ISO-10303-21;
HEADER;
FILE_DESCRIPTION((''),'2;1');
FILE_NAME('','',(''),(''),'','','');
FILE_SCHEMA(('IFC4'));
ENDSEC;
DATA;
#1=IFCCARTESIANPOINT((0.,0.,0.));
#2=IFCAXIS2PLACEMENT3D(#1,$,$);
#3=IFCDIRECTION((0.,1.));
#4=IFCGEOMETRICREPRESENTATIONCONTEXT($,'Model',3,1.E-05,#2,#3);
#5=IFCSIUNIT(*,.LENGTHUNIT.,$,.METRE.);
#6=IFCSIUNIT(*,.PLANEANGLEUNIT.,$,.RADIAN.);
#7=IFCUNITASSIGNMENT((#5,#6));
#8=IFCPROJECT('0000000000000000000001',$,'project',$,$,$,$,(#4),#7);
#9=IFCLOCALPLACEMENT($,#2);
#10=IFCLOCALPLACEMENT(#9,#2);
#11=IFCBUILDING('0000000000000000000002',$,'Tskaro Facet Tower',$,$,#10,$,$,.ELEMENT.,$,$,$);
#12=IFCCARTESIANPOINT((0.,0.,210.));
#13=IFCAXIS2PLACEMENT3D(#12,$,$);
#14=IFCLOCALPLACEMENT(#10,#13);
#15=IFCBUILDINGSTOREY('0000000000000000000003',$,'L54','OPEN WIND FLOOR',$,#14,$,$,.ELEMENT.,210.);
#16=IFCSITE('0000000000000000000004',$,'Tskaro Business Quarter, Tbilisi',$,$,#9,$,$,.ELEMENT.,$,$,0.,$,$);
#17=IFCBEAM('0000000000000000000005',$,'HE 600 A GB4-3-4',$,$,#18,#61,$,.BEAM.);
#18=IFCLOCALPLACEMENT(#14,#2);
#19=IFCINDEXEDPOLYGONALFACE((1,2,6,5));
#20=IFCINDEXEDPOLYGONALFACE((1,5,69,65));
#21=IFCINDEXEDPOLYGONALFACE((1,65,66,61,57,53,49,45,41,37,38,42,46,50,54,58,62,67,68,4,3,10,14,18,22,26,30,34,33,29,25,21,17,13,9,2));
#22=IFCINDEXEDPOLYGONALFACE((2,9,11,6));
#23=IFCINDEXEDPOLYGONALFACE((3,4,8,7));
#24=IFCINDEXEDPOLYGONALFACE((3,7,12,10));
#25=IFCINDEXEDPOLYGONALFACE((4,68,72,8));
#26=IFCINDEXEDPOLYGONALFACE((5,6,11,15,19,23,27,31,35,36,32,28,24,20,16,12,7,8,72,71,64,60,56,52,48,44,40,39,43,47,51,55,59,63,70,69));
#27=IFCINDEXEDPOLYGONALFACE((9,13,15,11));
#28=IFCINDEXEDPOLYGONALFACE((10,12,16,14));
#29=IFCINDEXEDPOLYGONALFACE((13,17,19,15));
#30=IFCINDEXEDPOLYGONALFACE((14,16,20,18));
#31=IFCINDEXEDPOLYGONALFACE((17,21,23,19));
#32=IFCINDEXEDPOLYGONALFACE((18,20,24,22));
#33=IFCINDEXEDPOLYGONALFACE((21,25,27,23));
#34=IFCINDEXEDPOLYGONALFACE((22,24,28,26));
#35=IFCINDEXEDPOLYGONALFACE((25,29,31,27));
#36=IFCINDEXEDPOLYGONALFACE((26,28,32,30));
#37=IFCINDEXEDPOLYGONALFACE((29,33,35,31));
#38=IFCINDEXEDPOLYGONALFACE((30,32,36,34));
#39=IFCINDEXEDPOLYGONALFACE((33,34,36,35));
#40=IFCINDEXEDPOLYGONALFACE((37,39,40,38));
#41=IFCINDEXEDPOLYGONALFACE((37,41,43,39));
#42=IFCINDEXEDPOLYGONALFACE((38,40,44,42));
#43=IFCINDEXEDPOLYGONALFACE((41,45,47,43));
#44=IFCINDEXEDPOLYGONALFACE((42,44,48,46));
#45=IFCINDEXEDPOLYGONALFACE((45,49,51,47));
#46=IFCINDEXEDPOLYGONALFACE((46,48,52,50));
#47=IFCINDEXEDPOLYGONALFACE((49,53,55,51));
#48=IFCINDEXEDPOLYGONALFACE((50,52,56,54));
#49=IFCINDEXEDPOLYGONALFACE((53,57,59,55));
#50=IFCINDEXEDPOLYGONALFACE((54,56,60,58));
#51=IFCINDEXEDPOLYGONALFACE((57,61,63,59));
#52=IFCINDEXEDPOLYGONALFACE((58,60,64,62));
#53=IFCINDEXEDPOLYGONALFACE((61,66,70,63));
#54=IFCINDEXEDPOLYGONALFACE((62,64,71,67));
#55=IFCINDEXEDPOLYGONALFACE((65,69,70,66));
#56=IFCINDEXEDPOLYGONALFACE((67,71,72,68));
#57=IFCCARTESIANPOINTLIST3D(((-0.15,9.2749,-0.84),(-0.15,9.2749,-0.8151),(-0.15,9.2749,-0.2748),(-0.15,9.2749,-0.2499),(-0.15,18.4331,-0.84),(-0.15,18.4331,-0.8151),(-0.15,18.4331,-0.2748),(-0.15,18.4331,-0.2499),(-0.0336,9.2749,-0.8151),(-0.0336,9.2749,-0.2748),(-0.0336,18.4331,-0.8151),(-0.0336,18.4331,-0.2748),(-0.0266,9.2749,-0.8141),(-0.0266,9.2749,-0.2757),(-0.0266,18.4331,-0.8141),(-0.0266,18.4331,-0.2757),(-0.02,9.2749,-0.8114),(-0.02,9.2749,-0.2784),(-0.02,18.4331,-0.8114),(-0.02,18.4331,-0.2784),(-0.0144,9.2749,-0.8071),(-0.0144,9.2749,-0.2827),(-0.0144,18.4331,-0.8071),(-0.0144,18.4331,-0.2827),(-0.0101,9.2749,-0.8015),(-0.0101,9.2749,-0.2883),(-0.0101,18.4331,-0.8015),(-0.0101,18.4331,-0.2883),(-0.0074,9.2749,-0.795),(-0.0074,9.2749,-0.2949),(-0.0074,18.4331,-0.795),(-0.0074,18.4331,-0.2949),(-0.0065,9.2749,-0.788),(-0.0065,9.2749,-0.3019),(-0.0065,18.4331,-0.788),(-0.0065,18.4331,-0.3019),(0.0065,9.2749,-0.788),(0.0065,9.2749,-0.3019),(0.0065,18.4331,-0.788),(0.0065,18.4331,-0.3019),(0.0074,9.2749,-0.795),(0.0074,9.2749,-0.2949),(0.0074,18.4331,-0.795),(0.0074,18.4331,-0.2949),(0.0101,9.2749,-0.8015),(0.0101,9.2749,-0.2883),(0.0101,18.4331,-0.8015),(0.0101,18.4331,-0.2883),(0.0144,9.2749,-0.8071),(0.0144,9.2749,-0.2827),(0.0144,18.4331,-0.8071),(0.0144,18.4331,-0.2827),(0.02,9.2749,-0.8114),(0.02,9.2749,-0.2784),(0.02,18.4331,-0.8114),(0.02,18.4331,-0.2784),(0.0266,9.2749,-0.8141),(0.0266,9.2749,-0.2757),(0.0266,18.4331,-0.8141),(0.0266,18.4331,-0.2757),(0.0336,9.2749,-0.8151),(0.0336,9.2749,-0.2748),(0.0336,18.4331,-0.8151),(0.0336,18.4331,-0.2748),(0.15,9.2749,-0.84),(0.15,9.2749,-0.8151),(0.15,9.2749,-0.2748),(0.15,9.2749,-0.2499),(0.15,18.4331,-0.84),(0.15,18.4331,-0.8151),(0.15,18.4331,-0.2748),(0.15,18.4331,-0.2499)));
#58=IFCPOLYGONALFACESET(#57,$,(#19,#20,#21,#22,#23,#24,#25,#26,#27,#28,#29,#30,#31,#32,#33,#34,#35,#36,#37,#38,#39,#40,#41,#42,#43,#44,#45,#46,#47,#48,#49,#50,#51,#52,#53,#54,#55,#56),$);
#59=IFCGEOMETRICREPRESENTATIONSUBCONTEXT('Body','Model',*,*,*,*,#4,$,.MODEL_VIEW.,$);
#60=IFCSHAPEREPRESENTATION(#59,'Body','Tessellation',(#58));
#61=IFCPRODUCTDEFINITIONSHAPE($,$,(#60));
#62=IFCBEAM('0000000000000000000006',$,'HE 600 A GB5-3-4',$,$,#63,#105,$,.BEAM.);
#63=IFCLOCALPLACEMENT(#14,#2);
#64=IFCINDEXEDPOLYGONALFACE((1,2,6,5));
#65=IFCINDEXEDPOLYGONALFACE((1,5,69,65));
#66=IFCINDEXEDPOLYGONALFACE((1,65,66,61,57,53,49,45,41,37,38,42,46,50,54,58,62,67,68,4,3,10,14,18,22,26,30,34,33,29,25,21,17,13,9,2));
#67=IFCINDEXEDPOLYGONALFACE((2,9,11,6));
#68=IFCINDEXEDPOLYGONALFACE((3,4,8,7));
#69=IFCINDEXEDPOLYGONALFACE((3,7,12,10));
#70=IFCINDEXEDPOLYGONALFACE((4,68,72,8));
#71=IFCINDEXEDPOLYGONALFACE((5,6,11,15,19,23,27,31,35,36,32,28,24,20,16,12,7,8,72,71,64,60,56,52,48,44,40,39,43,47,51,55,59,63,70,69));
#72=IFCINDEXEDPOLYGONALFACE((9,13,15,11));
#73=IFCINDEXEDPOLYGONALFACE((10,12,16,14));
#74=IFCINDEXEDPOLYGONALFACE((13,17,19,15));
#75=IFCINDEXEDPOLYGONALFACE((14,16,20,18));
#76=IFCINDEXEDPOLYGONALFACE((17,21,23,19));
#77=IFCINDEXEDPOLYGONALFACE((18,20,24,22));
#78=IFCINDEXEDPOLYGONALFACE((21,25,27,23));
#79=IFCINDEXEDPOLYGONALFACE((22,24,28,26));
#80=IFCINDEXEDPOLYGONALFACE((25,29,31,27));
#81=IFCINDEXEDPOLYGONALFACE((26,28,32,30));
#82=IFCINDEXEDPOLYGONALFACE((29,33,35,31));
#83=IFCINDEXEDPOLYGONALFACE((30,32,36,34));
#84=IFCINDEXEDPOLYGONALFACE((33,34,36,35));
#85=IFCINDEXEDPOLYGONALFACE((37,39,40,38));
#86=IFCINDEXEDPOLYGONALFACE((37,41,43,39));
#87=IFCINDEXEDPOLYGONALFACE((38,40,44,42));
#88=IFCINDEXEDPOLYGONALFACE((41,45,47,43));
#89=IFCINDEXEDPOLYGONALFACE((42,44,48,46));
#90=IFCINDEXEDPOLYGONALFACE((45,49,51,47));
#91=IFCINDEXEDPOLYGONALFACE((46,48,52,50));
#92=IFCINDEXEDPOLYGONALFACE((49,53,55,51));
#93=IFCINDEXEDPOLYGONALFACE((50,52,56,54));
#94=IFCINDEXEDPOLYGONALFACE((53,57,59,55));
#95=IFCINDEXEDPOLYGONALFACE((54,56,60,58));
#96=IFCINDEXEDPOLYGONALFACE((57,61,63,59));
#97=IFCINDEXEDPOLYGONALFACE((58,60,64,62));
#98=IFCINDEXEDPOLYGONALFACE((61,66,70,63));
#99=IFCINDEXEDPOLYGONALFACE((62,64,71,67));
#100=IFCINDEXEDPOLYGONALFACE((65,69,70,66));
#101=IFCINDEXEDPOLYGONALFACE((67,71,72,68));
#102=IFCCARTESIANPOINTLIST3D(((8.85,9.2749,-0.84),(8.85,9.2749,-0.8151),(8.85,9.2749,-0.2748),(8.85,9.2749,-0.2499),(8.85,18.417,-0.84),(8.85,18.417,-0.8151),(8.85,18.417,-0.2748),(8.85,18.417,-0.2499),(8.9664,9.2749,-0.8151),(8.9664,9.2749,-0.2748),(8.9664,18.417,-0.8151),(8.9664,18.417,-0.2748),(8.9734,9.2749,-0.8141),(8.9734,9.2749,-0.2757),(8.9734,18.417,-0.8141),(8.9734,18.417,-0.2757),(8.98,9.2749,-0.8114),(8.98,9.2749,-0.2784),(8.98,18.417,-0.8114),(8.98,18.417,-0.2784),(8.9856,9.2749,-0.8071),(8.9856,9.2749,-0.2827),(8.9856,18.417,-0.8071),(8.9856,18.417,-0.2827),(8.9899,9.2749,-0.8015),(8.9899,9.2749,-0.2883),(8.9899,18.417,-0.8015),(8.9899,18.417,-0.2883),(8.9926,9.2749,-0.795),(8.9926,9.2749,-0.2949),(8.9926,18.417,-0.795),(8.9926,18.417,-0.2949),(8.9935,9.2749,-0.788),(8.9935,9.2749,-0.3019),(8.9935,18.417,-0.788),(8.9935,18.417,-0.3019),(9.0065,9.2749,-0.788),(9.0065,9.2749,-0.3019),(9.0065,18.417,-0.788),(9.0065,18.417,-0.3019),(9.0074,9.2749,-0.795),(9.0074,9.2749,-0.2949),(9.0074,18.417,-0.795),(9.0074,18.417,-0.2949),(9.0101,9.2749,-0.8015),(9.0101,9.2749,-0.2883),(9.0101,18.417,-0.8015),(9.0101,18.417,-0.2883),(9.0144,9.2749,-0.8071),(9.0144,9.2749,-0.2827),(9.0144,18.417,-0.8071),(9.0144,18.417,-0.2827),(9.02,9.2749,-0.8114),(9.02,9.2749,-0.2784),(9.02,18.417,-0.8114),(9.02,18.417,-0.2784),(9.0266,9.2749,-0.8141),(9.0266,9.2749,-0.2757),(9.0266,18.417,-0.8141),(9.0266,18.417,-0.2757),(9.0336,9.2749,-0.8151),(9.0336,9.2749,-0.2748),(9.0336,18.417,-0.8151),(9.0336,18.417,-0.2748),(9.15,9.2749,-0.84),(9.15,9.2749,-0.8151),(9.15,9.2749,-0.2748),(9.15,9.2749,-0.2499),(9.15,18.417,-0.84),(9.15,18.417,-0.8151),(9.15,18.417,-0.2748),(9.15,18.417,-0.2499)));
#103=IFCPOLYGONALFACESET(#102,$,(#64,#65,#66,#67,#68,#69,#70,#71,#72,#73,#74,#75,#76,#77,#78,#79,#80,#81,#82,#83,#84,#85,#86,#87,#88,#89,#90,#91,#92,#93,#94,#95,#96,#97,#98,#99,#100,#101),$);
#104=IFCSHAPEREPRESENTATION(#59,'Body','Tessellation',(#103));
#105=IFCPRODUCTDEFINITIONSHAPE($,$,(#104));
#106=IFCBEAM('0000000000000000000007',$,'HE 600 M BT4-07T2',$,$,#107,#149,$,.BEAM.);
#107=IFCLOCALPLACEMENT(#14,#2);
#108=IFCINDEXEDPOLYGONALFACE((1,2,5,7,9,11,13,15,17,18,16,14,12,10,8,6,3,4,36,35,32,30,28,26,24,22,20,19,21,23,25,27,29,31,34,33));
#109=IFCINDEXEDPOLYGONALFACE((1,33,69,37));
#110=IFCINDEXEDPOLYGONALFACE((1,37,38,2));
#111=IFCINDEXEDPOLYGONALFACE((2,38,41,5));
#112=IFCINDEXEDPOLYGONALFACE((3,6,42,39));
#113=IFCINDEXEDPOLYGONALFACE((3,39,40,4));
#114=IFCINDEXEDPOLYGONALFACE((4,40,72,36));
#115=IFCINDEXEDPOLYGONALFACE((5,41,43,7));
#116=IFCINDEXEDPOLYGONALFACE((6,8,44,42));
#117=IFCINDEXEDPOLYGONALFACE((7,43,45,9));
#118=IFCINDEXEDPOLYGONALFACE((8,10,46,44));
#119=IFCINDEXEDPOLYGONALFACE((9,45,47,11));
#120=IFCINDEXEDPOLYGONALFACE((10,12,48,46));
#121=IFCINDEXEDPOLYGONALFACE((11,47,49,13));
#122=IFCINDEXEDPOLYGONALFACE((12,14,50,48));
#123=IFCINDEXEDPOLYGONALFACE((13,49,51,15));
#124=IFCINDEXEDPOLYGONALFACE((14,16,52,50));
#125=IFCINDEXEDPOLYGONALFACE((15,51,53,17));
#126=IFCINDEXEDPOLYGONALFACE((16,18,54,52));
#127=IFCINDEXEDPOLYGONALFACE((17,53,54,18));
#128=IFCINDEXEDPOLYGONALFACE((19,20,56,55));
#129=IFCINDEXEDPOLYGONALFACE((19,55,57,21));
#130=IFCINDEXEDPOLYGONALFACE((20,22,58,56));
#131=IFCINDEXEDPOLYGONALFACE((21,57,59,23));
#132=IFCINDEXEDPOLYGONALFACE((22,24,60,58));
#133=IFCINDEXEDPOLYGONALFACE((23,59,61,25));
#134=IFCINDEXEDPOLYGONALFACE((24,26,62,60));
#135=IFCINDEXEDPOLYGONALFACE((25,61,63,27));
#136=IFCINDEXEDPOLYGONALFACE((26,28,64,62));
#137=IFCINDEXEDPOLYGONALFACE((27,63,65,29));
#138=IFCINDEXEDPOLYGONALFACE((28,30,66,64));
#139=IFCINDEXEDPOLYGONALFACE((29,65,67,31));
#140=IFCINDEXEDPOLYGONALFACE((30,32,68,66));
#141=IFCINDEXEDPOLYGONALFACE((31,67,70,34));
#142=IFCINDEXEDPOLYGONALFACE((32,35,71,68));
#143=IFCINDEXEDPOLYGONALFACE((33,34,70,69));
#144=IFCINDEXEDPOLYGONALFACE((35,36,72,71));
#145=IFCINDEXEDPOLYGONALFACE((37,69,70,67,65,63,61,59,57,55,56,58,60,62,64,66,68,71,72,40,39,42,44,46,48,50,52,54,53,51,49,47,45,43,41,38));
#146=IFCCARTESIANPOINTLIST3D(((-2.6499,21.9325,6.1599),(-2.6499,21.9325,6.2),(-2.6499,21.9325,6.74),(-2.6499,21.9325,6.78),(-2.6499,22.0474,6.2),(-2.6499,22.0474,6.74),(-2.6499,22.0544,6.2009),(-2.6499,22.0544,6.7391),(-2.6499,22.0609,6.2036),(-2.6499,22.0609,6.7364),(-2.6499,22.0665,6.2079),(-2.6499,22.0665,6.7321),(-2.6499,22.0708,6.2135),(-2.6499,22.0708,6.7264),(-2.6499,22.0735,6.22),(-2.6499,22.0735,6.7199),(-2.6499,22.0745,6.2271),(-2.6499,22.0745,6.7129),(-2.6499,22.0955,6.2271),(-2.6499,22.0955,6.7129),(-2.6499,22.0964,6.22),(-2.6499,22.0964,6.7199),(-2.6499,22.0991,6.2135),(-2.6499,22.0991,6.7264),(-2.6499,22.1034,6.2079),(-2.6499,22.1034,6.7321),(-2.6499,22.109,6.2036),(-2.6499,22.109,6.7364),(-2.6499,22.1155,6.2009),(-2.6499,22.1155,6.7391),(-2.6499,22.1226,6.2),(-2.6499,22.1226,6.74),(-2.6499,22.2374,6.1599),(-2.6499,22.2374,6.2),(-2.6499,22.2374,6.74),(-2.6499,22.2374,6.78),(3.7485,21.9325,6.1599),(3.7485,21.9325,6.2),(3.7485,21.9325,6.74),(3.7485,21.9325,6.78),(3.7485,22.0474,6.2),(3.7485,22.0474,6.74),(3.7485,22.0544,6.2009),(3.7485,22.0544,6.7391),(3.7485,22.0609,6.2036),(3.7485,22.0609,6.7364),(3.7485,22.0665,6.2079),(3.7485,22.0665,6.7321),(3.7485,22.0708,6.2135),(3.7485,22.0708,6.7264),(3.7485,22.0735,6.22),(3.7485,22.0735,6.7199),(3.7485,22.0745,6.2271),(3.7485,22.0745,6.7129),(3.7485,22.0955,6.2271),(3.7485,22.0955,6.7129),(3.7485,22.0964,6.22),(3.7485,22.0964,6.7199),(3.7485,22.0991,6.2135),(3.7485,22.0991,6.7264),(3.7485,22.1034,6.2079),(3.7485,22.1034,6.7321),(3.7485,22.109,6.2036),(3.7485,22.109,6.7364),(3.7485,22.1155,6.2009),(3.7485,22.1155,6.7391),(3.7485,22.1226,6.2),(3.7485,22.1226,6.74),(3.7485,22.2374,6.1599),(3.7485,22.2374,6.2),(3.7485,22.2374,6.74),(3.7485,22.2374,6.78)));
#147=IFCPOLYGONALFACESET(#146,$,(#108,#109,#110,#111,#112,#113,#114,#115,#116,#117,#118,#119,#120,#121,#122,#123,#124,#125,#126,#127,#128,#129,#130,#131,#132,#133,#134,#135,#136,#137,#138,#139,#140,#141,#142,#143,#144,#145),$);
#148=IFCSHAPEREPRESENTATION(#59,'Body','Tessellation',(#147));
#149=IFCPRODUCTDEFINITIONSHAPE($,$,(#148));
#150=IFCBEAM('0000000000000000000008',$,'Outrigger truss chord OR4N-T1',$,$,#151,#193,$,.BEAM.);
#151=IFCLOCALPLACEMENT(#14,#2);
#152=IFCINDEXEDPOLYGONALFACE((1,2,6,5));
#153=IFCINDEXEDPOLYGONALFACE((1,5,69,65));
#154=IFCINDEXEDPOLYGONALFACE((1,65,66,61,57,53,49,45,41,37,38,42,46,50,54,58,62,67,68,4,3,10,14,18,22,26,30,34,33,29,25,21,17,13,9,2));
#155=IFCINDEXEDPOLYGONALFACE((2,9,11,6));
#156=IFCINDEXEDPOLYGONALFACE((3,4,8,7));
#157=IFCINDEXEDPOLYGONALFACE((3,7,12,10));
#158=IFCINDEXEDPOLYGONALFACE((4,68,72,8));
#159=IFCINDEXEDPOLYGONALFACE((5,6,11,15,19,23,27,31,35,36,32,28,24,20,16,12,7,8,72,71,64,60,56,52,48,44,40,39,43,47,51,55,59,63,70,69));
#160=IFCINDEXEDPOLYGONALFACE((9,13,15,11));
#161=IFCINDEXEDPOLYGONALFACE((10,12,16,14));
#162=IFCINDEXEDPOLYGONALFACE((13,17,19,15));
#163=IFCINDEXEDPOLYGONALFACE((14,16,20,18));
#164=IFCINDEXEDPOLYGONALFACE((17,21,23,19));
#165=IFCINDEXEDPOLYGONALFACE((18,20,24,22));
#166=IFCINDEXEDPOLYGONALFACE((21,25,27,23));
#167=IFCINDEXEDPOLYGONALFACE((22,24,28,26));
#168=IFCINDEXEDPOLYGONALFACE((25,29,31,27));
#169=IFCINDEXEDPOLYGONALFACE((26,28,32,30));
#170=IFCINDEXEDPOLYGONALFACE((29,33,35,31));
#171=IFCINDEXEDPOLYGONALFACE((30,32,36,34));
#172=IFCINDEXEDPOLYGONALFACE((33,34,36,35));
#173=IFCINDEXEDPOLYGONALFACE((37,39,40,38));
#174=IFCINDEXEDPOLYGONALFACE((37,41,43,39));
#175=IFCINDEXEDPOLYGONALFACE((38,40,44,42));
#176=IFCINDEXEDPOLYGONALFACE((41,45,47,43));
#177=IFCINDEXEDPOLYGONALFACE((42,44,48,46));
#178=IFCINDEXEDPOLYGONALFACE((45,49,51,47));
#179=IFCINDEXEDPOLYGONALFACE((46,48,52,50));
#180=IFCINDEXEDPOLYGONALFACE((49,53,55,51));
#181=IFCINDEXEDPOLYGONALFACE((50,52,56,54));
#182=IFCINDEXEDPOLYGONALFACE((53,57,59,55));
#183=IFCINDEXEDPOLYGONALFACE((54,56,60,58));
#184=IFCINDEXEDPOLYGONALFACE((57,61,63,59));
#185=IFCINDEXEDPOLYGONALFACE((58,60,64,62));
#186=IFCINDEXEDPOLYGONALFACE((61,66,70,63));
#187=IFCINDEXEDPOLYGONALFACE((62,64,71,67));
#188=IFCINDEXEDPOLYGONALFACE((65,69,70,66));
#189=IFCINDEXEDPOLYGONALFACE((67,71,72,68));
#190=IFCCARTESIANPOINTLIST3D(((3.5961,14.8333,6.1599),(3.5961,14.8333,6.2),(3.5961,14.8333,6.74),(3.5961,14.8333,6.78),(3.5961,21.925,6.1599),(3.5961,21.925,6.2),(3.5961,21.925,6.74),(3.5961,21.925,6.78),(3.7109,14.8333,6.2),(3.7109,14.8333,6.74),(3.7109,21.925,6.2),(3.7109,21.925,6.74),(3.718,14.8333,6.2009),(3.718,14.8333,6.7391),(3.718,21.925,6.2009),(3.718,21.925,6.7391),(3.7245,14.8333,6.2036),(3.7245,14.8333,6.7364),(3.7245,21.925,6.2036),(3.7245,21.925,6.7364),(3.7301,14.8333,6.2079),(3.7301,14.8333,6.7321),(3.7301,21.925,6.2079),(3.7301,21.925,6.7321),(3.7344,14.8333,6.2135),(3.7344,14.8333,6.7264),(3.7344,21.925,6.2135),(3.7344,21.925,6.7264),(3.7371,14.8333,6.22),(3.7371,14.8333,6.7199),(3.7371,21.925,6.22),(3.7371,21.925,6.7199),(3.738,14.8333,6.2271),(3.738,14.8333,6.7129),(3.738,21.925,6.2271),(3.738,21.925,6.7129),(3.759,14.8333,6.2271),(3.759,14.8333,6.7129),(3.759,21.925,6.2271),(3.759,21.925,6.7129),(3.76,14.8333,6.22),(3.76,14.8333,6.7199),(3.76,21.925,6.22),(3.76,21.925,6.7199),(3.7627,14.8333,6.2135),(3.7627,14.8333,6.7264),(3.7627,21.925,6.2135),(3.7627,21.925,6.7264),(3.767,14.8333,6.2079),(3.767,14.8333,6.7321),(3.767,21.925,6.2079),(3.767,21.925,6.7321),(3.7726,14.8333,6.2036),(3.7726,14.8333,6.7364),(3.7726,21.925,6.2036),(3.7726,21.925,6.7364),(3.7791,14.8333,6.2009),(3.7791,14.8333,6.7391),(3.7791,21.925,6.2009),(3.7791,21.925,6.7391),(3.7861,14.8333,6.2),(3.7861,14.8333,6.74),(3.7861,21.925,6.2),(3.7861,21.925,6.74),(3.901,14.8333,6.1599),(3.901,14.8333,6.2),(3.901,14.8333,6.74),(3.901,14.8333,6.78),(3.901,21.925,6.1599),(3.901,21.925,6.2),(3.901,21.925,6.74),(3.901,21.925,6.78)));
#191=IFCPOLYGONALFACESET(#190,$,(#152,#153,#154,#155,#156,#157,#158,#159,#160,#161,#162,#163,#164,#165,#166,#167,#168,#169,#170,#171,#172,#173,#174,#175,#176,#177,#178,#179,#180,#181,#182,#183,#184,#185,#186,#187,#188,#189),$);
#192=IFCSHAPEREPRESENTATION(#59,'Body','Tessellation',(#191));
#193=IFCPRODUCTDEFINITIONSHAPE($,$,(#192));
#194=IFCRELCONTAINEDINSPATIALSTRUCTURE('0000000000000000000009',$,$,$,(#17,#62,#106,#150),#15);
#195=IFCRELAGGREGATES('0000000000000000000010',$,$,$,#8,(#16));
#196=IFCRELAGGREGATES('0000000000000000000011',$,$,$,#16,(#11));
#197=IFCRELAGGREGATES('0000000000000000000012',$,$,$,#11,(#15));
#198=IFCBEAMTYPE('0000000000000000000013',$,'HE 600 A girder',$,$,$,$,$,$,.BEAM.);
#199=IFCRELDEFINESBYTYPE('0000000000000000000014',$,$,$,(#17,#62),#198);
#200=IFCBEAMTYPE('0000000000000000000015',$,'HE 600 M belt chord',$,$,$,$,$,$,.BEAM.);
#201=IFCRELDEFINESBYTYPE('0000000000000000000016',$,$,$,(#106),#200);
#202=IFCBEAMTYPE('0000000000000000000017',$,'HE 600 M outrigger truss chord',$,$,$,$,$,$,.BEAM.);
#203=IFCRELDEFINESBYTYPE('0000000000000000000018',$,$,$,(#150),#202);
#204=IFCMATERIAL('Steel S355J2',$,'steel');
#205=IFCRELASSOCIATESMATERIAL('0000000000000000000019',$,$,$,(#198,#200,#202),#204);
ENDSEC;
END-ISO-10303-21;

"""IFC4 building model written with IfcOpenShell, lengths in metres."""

from ifc_helpers import new_model, si_unit, direction, frame, origin, origin_2d, place, context, subcontext, project, spatial, i_section, extrude, material, material_profile, profile_set, type_object, element, save


model = new_model("IFC4")

# Units and contexts
model_context = context("Model", 3, precision=1e-05, world=origin(), true_north=direction((0.0, 1.0)))
body_context = subcontext(model_context, "Body", "Model", "MODEL_VIEW")
ifc_project = project(units=[si_unit("LENGTHUNIT", "METRE"), si_unit("PLANEANGLEUNIT", "RADIAN")], contexts=[model_context])

# Site, building, storey
site_placement = place(None, origin())
site = spatial("IfcSite", under=ifc_project, at=site_placement, Name="Tskaro Business Quarter, Tbilisi", CompositionType="ELEMENT", RefElevation=0.0)
building_placement = place(site_placement, origin())
building = spatial("IfcBuilding", under=site, at=building_placement, Name="Tskaro Facet Tower", CompositionType="ELEMENT")
storey_placement = place(building_placement, frame((0.0, 0.0, 210.0)))
storey = spatial("IfcBuildingStorey", under=building, at=storey_placement, Name="L54", Description="OPEN WIND FLOOR", CompositionType="ELEMENT", Elevation=210.0)

# Shared definitions
ifc_material_1 = material(Name="Steel S355J2", Category="steel")

# Beams
ifc_material_profile_1 = material_profile(ifc_material_1, i_section(OverallWidth=0.3, OverallDepth=0.5901, WebThickness=0.0129, FlangeThickness=0.0249, FilletRadius=0.0271, at=origin_2d()), Name="HE 600 A")
ifc_profile_set_1 = profile_set([ifc_material_profile_1], Name="Steel S355J2")
beam_type_1 = type_object("IfcBeamType", Name="HE 600 A girder", PredefinedType="BEAM", material=ifc_profile_set_1)
beam_1_placement = place(storey_placement, frame((0.0, 9.2749, -0.5449), z_axis=(0.0, 1.0, 0.0), x_axis=(-1.0, 0.0, 0.0)))
element("IfcBeam", 1, at=beam_1_placement, inside=storey, type_object=beam_type_1, Name="HE 600 A GB4-3-4", PredefinedType="BEAM", context=body_context, shape_type="SweptSolid", body=[
    extrude(i_section(OverallWidth=0.3, OverallDepth=0.5901, WebThickness=0.0129, FlangeThickness=0.0249, FilletRadius=0.0271, at=origin_2d()), origin(), (0.0, 0.0, 1.0), 9.1582),
])
beam_2_placement = place(storey_placement, frame((9.0, 9.2749, -0.5449), z_axis=(0.0, 1.0, 0.0), x_axis=(-1.0, 0.0, 0.0)))
element("IfcBeam", 2, at=beam_2_placement, inside=storey, type_object=beam_type_1, Name="HE 600 A GB5-3-4", PredefinedType="BEAM", context=body_context, shape_type="SweptSolid", body=[
    extrude(i_section(OverallWidth=0.3, OverallDepth=0.5901, WebThickness=0.0129, FlangeThickness=0.0249, FilletRadius=0.0271, at=origin_2d()), origin(), (0.0, 0.0, 1.0), 9.1421),
])
ifc_material_profile_2 = material_profile(ifc_material_1, i_section(OverallWidth=0.3049, OverallDepth=0.6201, WebThickness=0.021, FlangeThickness=0.04, FilletRadius=0.0271, at=origin_2d()), Name="HE 600 M")
ifc_profile_set_2 = profile_set([ifc_material_profile_2], Name="Steel S355J2")
beam_type_2 = type_object("IfcBeamType", Name="HE 600 M belt chord", PredefinedType="BEAM", material=ifc_profile_set_2)
beam_3_placement = place(storey_placement, frame((3.7485, 22.085, 6.47), z_axis=(-1.0, 0.0, 0.0), x_axis=(0.0, -1.0, 0.0)))
element("IfcBeam", 3, at=beam_3_placement, inside=storey, type_object=beam_type_2, Name="HE 600 M BT4-07T2", PredefinedType="BEAM", context=body_context, shape_type="SweptSolid", body=[
    extrude(i_section(OverallWidth=0.3049, OverallDepth=0.6201, WebThickness=0.021, FlangeThickness=0.04, FilletRadius=0.0271, at=origin_2d()), origin(), (0.0, 0.0, 1.0), 6.3984),
])
ifc_material_profile_3 = material_profile(ifc_material_1, i_section(OverallWidth=0.3049, OverallDepth=0.6201, WebThickness=0.021, FlangeThickness=0.04, FilletRadius=0.0271, at=origin_2d()), Name="HE 600 M")
ifc_profile_set_3 = profile_set([ifc_material_profile_3], Name="Steel S355J2")
beam_type_3 = type_object("IfcBeamType", Name="HE 600 M outrigger truss chord", PredefinedType="BEAM", material=ifc_profile_set_3)
for number, where, z_axis, x_axis, name in (
    (4, (3.7485, 21.925, 6.47), (0.0, -1.0, 0.0), (1.0, 0.0, 0.0), "Outrigger truss chord OR4N-T1"),
):
    element("IfcBeam", number, at=place(storey_placement, frame(where, z_axis=z_axis, x_axis=x_axis)), inside=storey, type_object=beam_type_3, Name=name, PredefinedType="BEAM", context=body_context, shape_type="SweptSolid", body=[
        extrude(i_section(OverallWidth=0.3049, OverallDepth=0.6201, WebThickness=0.021, FlangeThickness=0.04, FilletRadius=0.0271, at=origin_2d()), origin(), (0.0, 0.0, 1.0), 7.0918),
    ])

save(model, "model.ifc")
